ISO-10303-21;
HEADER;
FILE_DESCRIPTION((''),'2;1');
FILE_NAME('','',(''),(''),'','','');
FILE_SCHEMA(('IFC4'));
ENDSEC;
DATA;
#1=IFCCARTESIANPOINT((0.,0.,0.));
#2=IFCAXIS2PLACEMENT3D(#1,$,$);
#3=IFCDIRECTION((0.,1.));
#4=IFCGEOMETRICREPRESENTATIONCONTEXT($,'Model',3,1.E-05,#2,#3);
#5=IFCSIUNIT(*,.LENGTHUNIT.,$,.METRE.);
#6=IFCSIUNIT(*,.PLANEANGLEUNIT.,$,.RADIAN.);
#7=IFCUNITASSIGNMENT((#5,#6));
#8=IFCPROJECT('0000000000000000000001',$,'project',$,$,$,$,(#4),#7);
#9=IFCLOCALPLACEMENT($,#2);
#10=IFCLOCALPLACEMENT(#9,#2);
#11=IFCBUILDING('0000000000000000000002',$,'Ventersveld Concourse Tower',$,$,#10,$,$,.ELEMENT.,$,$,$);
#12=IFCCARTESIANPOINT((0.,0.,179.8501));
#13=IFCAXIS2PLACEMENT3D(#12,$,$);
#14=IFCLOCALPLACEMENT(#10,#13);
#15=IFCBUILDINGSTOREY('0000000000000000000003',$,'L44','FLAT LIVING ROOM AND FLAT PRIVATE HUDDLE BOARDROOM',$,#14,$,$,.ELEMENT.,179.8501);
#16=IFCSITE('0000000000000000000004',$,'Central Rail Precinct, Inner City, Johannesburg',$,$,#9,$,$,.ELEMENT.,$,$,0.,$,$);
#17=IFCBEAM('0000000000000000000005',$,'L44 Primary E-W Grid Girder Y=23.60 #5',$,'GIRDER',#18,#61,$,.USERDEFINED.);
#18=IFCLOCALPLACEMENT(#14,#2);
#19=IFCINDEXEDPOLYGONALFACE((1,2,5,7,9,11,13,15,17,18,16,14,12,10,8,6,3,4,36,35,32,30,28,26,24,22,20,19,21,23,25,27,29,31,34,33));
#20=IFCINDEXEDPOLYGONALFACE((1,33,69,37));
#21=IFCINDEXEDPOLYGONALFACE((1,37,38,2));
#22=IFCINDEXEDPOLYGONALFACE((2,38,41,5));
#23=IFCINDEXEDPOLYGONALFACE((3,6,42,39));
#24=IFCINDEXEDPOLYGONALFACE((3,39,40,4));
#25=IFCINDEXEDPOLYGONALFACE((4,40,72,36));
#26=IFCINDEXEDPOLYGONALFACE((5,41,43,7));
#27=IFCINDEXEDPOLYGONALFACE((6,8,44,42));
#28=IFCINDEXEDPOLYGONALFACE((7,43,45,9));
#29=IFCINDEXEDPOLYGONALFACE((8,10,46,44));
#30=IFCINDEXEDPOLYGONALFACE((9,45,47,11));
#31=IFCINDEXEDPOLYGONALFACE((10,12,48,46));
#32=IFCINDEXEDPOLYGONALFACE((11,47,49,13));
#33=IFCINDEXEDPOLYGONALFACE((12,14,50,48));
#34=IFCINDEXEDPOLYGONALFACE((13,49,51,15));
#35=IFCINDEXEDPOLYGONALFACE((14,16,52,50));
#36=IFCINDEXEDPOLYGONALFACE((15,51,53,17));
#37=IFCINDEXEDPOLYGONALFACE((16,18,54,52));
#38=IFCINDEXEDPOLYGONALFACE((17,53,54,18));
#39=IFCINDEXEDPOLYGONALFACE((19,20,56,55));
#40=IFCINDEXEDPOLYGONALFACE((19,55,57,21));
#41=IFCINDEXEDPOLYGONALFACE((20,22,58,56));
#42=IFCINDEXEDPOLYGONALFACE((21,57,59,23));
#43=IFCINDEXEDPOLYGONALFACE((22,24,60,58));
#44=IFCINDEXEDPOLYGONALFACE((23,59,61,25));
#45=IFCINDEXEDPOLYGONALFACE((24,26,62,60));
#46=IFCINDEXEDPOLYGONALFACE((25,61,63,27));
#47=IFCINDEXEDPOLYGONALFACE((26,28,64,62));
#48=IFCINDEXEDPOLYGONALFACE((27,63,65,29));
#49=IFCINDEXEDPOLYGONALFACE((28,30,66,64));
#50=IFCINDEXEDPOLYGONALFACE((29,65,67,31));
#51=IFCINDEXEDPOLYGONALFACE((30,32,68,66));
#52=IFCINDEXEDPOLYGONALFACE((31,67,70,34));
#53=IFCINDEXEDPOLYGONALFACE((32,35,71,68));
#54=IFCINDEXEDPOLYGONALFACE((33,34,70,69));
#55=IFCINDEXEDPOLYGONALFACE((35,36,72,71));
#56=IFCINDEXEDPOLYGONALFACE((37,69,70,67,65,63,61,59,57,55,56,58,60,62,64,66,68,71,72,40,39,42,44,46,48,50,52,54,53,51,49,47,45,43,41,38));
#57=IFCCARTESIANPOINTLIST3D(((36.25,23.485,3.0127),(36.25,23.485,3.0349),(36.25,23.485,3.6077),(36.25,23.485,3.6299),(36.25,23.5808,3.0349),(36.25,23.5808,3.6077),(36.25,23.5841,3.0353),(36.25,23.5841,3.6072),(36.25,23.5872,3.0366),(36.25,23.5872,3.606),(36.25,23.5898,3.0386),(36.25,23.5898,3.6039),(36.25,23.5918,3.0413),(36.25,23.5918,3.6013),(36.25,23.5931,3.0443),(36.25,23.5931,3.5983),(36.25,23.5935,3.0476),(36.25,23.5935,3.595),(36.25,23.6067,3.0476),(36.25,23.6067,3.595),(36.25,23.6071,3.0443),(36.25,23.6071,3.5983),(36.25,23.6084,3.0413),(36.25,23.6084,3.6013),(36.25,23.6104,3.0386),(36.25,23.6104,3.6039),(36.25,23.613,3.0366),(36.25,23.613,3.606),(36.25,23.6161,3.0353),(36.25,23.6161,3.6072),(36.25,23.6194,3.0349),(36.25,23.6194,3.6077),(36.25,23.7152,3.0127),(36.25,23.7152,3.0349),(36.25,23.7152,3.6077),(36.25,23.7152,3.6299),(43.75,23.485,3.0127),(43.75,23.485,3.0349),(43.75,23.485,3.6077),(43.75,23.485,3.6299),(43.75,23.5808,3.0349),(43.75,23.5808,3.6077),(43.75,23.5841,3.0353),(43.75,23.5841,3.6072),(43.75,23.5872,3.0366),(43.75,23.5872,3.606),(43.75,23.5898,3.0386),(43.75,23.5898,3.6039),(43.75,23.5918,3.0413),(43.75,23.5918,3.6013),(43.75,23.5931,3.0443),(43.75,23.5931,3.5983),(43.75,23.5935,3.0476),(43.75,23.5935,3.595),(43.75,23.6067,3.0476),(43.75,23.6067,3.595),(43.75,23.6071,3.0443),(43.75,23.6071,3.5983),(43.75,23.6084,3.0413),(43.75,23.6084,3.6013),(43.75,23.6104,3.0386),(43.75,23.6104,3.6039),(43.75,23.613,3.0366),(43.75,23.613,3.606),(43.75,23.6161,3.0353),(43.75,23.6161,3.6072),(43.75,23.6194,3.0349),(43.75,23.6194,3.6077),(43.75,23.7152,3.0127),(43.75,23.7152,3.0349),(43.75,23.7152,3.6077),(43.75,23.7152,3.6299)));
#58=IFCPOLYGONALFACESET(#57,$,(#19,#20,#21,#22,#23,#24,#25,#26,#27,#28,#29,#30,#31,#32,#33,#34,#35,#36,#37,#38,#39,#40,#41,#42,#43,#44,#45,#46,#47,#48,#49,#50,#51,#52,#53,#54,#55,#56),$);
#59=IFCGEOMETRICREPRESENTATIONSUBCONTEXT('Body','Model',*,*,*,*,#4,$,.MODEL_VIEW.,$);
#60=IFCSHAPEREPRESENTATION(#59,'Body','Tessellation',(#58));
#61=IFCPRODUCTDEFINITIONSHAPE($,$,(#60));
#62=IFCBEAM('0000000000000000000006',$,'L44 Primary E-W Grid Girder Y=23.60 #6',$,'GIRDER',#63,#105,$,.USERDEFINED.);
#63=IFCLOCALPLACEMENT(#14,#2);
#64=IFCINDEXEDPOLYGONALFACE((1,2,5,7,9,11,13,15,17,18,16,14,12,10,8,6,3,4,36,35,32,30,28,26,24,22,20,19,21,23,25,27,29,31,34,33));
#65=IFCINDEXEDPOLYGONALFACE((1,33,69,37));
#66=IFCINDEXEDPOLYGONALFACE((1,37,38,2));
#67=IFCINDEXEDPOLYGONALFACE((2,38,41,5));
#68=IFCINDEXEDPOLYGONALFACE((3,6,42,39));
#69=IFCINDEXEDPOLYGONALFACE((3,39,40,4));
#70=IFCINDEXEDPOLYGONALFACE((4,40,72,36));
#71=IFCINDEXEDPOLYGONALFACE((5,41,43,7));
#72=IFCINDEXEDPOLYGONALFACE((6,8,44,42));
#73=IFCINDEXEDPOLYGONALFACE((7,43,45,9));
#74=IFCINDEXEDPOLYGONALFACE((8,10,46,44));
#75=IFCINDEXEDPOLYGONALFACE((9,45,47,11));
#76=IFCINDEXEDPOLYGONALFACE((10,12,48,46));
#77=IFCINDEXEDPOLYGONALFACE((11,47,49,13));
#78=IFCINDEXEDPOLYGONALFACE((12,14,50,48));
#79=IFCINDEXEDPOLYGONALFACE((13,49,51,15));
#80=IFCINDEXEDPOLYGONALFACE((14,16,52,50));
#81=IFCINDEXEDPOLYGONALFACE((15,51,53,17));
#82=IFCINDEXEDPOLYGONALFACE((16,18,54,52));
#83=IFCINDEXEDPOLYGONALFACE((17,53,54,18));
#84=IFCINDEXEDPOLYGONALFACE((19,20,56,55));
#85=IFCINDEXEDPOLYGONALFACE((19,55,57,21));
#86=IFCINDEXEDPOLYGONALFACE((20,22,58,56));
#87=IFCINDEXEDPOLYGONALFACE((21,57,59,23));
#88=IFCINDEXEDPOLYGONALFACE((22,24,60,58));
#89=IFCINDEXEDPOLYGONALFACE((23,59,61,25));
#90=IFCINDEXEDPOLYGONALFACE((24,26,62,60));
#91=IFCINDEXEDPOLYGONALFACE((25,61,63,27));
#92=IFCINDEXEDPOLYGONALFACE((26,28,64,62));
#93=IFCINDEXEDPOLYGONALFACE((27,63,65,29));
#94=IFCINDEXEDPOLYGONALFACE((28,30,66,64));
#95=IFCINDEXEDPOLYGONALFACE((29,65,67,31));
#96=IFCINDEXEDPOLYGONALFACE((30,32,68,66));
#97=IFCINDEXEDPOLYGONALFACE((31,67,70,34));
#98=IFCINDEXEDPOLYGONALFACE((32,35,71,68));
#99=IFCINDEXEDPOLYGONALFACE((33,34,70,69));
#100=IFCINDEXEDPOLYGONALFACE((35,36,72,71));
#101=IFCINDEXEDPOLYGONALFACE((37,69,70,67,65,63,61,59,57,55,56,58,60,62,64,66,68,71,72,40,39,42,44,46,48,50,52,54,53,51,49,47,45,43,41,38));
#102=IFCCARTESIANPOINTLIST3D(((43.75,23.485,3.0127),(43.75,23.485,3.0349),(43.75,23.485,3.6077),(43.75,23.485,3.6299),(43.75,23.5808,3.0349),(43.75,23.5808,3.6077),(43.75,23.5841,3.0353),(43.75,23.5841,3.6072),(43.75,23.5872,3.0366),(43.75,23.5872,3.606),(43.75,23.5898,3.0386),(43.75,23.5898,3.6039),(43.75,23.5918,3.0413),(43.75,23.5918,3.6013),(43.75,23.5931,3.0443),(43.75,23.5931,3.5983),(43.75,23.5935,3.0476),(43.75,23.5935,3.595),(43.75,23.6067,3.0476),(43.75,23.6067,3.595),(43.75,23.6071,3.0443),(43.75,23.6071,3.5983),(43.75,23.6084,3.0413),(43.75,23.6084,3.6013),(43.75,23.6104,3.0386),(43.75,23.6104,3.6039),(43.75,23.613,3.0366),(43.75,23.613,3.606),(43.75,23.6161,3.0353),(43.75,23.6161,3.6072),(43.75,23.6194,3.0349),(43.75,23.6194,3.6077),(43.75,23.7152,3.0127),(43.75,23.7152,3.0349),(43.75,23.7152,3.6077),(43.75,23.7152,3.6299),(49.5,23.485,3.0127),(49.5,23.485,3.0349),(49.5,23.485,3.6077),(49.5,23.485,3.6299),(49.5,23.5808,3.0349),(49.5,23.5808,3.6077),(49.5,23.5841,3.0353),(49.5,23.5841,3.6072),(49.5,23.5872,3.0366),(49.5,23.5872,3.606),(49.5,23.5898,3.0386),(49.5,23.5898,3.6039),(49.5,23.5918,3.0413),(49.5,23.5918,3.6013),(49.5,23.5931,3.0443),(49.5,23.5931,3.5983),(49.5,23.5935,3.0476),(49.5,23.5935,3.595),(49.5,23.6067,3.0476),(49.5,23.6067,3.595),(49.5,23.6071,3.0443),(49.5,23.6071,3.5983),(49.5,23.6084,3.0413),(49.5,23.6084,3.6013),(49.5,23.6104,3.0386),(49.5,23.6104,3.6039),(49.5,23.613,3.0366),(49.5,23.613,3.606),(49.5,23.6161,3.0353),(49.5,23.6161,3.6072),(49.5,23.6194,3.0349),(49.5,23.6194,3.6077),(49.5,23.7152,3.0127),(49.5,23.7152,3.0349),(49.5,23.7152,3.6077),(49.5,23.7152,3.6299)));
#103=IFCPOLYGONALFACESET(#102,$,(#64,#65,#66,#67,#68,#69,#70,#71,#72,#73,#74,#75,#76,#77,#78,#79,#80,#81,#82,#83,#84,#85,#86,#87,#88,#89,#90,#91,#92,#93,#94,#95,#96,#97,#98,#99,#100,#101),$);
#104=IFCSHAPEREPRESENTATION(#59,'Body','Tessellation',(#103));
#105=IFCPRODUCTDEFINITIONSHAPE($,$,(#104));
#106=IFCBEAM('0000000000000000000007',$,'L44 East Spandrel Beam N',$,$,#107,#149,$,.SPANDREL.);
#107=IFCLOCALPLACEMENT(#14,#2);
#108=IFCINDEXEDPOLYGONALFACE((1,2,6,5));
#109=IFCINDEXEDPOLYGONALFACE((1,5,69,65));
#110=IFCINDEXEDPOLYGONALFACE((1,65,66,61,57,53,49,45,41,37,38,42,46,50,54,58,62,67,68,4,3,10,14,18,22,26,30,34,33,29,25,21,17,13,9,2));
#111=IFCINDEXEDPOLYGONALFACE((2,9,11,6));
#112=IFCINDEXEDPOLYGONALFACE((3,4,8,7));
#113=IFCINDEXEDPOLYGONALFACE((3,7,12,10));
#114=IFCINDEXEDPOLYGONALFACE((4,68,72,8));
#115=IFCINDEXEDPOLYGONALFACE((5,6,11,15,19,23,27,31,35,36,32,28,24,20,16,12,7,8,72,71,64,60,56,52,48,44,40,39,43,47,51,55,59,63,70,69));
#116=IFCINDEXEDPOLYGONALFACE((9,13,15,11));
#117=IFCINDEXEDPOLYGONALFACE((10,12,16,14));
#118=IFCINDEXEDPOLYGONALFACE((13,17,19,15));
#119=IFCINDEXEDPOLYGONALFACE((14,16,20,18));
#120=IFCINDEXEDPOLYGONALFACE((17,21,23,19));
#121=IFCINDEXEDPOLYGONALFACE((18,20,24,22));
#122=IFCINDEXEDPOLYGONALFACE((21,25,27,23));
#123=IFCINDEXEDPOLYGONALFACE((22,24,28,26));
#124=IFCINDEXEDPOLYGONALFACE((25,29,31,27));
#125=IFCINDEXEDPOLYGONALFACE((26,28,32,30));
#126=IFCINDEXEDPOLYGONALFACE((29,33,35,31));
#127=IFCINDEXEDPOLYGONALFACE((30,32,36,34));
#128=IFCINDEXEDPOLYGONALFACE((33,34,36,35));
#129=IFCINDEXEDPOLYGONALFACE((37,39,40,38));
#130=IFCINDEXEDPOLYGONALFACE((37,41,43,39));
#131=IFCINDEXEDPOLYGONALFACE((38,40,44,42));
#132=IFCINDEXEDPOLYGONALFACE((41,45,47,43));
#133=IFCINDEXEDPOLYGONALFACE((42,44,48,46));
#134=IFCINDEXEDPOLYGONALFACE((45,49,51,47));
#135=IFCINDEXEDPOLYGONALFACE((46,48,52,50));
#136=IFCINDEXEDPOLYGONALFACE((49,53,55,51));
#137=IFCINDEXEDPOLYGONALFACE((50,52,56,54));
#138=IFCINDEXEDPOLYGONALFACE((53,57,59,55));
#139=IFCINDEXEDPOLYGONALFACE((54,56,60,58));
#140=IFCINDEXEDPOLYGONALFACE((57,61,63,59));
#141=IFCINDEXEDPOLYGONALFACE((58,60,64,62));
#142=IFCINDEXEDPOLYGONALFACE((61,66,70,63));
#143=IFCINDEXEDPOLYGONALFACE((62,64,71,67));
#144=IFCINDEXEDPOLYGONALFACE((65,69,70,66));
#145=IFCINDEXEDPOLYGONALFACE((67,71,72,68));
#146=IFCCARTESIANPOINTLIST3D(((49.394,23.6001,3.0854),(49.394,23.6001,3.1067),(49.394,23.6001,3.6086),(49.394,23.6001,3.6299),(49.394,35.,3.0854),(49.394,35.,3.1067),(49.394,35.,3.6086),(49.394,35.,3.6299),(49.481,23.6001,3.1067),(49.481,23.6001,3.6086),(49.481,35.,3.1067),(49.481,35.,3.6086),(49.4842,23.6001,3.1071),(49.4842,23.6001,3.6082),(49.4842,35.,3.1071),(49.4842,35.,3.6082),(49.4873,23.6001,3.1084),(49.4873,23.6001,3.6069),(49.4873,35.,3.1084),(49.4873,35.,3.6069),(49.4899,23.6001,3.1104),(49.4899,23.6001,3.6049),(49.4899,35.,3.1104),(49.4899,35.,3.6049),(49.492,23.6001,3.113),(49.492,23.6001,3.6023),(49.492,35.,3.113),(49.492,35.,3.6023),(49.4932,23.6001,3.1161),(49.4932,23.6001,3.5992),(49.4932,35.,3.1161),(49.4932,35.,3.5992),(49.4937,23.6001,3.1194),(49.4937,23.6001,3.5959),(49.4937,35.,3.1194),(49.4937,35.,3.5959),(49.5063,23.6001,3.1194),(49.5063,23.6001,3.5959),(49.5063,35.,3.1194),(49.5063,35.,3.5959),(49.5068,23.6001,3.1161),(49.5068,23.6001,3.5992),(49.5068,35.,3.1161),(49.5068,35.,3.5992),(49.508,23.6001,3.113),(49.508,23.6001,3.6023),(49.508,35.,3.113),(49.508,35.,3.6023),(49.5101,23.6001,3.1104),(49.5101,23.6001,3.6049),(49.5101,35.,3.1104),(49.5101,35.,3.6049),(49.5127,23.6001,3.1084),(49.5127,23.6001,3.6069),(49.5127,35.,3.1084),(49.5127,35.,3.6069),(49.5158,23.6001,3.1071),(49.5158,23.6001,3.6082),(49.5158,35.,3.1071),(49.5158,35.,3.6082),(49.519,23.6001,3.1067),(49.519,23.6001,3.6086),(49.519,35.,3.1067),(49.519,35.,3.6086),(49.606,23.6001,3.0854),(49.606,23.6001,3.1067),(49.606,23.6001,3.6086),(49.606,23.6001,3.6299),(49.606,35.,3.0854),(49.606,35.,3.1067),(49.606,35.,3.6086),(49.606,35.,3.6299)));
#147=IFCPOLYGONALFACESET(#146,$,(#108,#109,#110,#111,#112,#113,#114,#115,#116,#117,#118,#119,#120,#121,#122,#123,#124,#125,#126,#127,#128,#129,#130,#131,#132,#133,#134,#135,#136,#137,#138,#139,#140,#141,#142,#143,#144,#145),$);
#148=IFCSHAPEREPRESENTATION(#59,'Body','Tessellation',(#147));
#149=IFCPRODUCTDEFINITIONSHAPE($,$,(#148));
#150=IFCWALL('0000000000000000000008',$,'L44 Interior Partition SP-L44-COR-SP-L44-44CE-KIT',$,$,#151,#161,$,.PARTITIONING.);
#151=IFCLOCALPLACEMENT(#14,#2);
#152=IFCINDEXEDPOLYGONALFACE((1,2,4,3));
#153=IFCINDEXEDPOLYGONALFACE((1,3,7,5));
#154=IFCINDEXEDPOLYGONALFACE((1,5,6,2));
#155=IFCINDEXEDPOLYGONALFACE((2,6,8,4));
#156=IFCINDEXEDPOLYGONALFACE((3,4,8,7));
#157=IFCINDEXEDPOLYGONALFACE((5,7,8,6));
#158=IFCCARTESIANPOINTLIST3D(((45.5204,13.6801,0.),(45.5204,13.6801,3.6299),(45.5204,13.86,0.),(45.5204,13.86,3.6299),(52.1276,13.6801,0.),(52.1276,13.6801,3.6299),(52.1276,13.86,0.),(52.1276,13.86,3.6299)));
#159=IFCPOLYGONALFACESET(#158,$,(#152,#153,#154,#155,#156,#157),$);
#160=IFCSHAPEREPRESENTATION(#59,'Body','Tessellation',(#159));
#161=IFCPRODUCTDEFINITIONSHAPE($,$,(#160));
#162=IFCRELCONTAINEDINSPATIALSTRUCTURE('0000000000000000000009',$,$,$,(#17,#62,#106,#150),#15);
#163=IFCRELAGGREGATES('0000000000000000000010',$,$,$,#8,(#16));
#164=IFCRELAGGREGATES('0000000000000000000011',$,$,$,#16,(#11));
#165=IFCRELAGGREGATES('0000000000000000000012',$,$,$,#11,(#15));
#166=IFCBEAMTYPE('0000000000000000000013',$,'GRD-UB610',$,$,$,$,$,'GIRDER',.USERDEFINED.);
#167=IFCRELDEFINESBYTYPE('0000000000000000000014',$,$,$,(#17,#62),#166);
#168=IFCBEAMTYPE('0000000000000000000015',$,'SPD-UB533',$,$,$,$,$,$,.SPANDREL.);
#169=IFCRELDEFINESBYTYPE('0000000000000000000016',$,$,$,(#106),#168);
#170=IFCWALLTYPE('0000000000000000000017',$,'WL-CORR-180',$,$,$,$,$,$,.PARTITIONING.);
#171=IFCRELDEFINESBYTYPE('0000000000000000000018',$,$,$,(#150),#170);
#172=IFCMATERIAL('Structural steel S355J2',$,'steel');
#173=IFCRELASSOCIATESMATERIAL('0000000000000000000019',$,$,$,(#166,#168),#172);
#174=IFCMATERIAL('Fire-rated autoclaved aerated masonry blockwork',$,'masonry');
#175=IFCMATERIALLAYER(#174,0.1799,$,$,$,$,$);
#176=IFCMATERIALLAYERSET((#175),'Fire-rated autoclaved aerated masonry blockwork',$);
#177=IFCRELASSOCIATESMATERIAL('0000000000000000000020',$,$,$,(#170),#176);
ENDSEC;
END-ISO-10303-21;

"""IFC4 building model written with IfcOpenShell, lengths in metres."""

from ifc_helpers import new_model, si_unit, direction, frame, frame_2d, origin, origin_2d, place, context, subcontext, project, spatial, rectangle, i_section, extrude, material, layer, layer_set, material_profile, profile_set, type_object, element, save


model = new_model("IFC4")

# Units and contexts
model_context = context("Model", 3, precision=1e-05, world=origin(), true_north=direction((0.0, 1.0)))
body_context = subcontext(model_context, "Body", "Model", "MODEL_VIEW")
ifc_project = project(units=[si_unit("LENGTHUNIT", "METRE"), si_unit("PLANEANGLEUNIT", "RADIAN")], contexts=[model_context])

# Site, building, storey
site_placement = place(None, origin())
site = spatial("IfcSite", under=ifc_project, at=site_placement, Name="Central Rail Precinct, Inner City, Johannesburg", CompositionType="ELEMENT", RefElevation=0.0)
building_placement = place(site_placement, origin())
building = spatial("IfcBuilding", under=site, at=building_placement, Name="Ventersveld Concourse Tower", CompositionType="ELEMENT")
storey_placement = place(building_placement, frame((0.0, 0.0, 179.8501)))
storey = spatial("IfcBuildingStorey", under=building, at=storey_placement, Name="L44", Description="FLAT LIVING ROOM AND FLAT PRIVATE HUDDLE BOARDROOM", CompositionType="ELEMENT", Elevation=179.8501)

# Beams
ifc_material_1 = material(Name="Structural steel S355J2", Category="steel")
ifc_material_profile_1 = material_profile(ifc_material_1, i_section(OverallWidth=0.2302, OverallDepth=0.6172, WebThickness=0.0132, FlangeThickness=0.0222, FilletRadius=0.0127, at=origin_2d()), Name="UB 610x229x140")
ifc_profile_set_1 = profile_set([ifc_material_profile_1], Name="Structural steel S355J2")
beam_type_1 = type_object("IfcBeamType", Name="GRD-UB610", ElementType="GIRDER", PredefinedType="USERDEFINED", material=ifc_profile_set_1)
beam_1_placement = place(storey_placement, frame((36.25, 23.6001, 3.3213), z_axis=(1.0, 0.0, 0.0), x_axis=(0.0, 1.0, 0.0)))
element("IfcBeam", 1, at=beam_1_placement, inside=storey, type_object=beam_type_1, Name="L44 Primary E-W Grid Girder Y=23.60 #5", ObjectType="GIRDER", PredefinedType="USERDEFINED", context=body_context, shape_type="SweptSolid", body=[
    extrude(i_section(OverallWidth=0.2302, OverallDepth=0.6172, WebThickness=0.0132, FlangeThickness=0.0222, FilletRadius=0.0127, at=origin_2d()), origin(), (0.0, 0.0, 1.0), 7.5),
])
beam_2_placement = place(storey_placement, frame((43.75, 23.6001, 3.3213), z_axis=(1.0, 0.0, 0.0), x_axis=(0.0, 1.0, 0.0)))
element("IfcBeam", 2, at=beam_2_placement, inside=storey, type_object=beam_type_1, Name="L44 Primary E-W Grid Girder Y=23.60 #6", ObjectType="GIRDER", PredefinedType="USERDEFINED", context=body_context, shape_type="SweptSolid", body=[
    extrude(i_section(OverallWidth=0.2302, OverallDepth=0.6172, WebThickness=0.0132, FlangeThickness=0.0222, FilletRadius=0.0127, at=origin_2d()), origin(), (0.0, 0.0, 1.0), 5.75),
])
ifc_material_profile_2 = material_profile(ifc_material_1, i_section(OverallWidth=0.2119, OverallDepth=0.5444, WebThickness=0.0127, FlangeThickness=0.0212, FilletRadius=0.0127, at=origin_2d()), Name="UB 533x210x122")
ifc_profile_set_2 = profile_set([ifc_material_profile_2], Name="Structural steel S355J2")
beam_type_2 = type_object("IfcBeamType", Name="SPD-UB533", PredefinedType="SPANDREL", material=ifc_profile_set_2)
beam_3_placement = place(storey_placement, frame((49.5, 23.6001, 3.3577), z_axis=(0.0, 1.0, 0.0), x_axis=(-1.0, 0.0, 0.0)))
element("IfcBeam", 3, at=beam_3_placement, inside=storey, type_object=beam_type_2, Name="L44 East Spandrel Beam N", PredefinedType="SPANDREL", context=body_context, shape_type="SweptSolid", body=[
    extrude(i_section(OverallWidth=0.2119, OverallDepth=0.5444, WebThickness=0.0127, FlangeThickness=0.0212, FilletRadius=0.0127, at=origin_2d()), origin(), (0.0, 0.0, 1.0), 11.3999),
])

# Shared definitions
ifc_material_2 = material(Name="Fire-rated autoclaved aerated masonry blockwork", Category="masonry")
ifc_layer_1 = layer(ifc_material_2, 0.1799)
ifc_layer_set_1 = layer_set([ifc_layer_1], Name="Fire-rated autoclaved aerated masonry blockwork")
wall_type_1 = type_object("IfcWallType", Name="WL-CORR-180", PredefinedType="PARTITIONING", material=ifc_layer_set_1)

# Wall
wall_1_placement = place(storey_placement, frame((45.5203, 13.77, 0.0), z_axis=(0.0, 0.0, 1.0), x_axis=(1.0, 0.0, 0.0)))
element("IfcWall", 4, at=wall_1_placement, inside=storey, type_object=wall_type_1, Name="L44 Interior Partition SP-L44-COR-SP-L44-44CE-KIT", PredefinedType="PARTITIONING", context=body_context, shape_type="SweptSolid", body=[
    extrude(rectangle(XDim=6.6072, YDim=0.1799, at=frame_2d((3.3037, 0.0))), origin(), (0.0, 0.0, 1.0), 3.6299),
])

save(model, "model.ifc")
